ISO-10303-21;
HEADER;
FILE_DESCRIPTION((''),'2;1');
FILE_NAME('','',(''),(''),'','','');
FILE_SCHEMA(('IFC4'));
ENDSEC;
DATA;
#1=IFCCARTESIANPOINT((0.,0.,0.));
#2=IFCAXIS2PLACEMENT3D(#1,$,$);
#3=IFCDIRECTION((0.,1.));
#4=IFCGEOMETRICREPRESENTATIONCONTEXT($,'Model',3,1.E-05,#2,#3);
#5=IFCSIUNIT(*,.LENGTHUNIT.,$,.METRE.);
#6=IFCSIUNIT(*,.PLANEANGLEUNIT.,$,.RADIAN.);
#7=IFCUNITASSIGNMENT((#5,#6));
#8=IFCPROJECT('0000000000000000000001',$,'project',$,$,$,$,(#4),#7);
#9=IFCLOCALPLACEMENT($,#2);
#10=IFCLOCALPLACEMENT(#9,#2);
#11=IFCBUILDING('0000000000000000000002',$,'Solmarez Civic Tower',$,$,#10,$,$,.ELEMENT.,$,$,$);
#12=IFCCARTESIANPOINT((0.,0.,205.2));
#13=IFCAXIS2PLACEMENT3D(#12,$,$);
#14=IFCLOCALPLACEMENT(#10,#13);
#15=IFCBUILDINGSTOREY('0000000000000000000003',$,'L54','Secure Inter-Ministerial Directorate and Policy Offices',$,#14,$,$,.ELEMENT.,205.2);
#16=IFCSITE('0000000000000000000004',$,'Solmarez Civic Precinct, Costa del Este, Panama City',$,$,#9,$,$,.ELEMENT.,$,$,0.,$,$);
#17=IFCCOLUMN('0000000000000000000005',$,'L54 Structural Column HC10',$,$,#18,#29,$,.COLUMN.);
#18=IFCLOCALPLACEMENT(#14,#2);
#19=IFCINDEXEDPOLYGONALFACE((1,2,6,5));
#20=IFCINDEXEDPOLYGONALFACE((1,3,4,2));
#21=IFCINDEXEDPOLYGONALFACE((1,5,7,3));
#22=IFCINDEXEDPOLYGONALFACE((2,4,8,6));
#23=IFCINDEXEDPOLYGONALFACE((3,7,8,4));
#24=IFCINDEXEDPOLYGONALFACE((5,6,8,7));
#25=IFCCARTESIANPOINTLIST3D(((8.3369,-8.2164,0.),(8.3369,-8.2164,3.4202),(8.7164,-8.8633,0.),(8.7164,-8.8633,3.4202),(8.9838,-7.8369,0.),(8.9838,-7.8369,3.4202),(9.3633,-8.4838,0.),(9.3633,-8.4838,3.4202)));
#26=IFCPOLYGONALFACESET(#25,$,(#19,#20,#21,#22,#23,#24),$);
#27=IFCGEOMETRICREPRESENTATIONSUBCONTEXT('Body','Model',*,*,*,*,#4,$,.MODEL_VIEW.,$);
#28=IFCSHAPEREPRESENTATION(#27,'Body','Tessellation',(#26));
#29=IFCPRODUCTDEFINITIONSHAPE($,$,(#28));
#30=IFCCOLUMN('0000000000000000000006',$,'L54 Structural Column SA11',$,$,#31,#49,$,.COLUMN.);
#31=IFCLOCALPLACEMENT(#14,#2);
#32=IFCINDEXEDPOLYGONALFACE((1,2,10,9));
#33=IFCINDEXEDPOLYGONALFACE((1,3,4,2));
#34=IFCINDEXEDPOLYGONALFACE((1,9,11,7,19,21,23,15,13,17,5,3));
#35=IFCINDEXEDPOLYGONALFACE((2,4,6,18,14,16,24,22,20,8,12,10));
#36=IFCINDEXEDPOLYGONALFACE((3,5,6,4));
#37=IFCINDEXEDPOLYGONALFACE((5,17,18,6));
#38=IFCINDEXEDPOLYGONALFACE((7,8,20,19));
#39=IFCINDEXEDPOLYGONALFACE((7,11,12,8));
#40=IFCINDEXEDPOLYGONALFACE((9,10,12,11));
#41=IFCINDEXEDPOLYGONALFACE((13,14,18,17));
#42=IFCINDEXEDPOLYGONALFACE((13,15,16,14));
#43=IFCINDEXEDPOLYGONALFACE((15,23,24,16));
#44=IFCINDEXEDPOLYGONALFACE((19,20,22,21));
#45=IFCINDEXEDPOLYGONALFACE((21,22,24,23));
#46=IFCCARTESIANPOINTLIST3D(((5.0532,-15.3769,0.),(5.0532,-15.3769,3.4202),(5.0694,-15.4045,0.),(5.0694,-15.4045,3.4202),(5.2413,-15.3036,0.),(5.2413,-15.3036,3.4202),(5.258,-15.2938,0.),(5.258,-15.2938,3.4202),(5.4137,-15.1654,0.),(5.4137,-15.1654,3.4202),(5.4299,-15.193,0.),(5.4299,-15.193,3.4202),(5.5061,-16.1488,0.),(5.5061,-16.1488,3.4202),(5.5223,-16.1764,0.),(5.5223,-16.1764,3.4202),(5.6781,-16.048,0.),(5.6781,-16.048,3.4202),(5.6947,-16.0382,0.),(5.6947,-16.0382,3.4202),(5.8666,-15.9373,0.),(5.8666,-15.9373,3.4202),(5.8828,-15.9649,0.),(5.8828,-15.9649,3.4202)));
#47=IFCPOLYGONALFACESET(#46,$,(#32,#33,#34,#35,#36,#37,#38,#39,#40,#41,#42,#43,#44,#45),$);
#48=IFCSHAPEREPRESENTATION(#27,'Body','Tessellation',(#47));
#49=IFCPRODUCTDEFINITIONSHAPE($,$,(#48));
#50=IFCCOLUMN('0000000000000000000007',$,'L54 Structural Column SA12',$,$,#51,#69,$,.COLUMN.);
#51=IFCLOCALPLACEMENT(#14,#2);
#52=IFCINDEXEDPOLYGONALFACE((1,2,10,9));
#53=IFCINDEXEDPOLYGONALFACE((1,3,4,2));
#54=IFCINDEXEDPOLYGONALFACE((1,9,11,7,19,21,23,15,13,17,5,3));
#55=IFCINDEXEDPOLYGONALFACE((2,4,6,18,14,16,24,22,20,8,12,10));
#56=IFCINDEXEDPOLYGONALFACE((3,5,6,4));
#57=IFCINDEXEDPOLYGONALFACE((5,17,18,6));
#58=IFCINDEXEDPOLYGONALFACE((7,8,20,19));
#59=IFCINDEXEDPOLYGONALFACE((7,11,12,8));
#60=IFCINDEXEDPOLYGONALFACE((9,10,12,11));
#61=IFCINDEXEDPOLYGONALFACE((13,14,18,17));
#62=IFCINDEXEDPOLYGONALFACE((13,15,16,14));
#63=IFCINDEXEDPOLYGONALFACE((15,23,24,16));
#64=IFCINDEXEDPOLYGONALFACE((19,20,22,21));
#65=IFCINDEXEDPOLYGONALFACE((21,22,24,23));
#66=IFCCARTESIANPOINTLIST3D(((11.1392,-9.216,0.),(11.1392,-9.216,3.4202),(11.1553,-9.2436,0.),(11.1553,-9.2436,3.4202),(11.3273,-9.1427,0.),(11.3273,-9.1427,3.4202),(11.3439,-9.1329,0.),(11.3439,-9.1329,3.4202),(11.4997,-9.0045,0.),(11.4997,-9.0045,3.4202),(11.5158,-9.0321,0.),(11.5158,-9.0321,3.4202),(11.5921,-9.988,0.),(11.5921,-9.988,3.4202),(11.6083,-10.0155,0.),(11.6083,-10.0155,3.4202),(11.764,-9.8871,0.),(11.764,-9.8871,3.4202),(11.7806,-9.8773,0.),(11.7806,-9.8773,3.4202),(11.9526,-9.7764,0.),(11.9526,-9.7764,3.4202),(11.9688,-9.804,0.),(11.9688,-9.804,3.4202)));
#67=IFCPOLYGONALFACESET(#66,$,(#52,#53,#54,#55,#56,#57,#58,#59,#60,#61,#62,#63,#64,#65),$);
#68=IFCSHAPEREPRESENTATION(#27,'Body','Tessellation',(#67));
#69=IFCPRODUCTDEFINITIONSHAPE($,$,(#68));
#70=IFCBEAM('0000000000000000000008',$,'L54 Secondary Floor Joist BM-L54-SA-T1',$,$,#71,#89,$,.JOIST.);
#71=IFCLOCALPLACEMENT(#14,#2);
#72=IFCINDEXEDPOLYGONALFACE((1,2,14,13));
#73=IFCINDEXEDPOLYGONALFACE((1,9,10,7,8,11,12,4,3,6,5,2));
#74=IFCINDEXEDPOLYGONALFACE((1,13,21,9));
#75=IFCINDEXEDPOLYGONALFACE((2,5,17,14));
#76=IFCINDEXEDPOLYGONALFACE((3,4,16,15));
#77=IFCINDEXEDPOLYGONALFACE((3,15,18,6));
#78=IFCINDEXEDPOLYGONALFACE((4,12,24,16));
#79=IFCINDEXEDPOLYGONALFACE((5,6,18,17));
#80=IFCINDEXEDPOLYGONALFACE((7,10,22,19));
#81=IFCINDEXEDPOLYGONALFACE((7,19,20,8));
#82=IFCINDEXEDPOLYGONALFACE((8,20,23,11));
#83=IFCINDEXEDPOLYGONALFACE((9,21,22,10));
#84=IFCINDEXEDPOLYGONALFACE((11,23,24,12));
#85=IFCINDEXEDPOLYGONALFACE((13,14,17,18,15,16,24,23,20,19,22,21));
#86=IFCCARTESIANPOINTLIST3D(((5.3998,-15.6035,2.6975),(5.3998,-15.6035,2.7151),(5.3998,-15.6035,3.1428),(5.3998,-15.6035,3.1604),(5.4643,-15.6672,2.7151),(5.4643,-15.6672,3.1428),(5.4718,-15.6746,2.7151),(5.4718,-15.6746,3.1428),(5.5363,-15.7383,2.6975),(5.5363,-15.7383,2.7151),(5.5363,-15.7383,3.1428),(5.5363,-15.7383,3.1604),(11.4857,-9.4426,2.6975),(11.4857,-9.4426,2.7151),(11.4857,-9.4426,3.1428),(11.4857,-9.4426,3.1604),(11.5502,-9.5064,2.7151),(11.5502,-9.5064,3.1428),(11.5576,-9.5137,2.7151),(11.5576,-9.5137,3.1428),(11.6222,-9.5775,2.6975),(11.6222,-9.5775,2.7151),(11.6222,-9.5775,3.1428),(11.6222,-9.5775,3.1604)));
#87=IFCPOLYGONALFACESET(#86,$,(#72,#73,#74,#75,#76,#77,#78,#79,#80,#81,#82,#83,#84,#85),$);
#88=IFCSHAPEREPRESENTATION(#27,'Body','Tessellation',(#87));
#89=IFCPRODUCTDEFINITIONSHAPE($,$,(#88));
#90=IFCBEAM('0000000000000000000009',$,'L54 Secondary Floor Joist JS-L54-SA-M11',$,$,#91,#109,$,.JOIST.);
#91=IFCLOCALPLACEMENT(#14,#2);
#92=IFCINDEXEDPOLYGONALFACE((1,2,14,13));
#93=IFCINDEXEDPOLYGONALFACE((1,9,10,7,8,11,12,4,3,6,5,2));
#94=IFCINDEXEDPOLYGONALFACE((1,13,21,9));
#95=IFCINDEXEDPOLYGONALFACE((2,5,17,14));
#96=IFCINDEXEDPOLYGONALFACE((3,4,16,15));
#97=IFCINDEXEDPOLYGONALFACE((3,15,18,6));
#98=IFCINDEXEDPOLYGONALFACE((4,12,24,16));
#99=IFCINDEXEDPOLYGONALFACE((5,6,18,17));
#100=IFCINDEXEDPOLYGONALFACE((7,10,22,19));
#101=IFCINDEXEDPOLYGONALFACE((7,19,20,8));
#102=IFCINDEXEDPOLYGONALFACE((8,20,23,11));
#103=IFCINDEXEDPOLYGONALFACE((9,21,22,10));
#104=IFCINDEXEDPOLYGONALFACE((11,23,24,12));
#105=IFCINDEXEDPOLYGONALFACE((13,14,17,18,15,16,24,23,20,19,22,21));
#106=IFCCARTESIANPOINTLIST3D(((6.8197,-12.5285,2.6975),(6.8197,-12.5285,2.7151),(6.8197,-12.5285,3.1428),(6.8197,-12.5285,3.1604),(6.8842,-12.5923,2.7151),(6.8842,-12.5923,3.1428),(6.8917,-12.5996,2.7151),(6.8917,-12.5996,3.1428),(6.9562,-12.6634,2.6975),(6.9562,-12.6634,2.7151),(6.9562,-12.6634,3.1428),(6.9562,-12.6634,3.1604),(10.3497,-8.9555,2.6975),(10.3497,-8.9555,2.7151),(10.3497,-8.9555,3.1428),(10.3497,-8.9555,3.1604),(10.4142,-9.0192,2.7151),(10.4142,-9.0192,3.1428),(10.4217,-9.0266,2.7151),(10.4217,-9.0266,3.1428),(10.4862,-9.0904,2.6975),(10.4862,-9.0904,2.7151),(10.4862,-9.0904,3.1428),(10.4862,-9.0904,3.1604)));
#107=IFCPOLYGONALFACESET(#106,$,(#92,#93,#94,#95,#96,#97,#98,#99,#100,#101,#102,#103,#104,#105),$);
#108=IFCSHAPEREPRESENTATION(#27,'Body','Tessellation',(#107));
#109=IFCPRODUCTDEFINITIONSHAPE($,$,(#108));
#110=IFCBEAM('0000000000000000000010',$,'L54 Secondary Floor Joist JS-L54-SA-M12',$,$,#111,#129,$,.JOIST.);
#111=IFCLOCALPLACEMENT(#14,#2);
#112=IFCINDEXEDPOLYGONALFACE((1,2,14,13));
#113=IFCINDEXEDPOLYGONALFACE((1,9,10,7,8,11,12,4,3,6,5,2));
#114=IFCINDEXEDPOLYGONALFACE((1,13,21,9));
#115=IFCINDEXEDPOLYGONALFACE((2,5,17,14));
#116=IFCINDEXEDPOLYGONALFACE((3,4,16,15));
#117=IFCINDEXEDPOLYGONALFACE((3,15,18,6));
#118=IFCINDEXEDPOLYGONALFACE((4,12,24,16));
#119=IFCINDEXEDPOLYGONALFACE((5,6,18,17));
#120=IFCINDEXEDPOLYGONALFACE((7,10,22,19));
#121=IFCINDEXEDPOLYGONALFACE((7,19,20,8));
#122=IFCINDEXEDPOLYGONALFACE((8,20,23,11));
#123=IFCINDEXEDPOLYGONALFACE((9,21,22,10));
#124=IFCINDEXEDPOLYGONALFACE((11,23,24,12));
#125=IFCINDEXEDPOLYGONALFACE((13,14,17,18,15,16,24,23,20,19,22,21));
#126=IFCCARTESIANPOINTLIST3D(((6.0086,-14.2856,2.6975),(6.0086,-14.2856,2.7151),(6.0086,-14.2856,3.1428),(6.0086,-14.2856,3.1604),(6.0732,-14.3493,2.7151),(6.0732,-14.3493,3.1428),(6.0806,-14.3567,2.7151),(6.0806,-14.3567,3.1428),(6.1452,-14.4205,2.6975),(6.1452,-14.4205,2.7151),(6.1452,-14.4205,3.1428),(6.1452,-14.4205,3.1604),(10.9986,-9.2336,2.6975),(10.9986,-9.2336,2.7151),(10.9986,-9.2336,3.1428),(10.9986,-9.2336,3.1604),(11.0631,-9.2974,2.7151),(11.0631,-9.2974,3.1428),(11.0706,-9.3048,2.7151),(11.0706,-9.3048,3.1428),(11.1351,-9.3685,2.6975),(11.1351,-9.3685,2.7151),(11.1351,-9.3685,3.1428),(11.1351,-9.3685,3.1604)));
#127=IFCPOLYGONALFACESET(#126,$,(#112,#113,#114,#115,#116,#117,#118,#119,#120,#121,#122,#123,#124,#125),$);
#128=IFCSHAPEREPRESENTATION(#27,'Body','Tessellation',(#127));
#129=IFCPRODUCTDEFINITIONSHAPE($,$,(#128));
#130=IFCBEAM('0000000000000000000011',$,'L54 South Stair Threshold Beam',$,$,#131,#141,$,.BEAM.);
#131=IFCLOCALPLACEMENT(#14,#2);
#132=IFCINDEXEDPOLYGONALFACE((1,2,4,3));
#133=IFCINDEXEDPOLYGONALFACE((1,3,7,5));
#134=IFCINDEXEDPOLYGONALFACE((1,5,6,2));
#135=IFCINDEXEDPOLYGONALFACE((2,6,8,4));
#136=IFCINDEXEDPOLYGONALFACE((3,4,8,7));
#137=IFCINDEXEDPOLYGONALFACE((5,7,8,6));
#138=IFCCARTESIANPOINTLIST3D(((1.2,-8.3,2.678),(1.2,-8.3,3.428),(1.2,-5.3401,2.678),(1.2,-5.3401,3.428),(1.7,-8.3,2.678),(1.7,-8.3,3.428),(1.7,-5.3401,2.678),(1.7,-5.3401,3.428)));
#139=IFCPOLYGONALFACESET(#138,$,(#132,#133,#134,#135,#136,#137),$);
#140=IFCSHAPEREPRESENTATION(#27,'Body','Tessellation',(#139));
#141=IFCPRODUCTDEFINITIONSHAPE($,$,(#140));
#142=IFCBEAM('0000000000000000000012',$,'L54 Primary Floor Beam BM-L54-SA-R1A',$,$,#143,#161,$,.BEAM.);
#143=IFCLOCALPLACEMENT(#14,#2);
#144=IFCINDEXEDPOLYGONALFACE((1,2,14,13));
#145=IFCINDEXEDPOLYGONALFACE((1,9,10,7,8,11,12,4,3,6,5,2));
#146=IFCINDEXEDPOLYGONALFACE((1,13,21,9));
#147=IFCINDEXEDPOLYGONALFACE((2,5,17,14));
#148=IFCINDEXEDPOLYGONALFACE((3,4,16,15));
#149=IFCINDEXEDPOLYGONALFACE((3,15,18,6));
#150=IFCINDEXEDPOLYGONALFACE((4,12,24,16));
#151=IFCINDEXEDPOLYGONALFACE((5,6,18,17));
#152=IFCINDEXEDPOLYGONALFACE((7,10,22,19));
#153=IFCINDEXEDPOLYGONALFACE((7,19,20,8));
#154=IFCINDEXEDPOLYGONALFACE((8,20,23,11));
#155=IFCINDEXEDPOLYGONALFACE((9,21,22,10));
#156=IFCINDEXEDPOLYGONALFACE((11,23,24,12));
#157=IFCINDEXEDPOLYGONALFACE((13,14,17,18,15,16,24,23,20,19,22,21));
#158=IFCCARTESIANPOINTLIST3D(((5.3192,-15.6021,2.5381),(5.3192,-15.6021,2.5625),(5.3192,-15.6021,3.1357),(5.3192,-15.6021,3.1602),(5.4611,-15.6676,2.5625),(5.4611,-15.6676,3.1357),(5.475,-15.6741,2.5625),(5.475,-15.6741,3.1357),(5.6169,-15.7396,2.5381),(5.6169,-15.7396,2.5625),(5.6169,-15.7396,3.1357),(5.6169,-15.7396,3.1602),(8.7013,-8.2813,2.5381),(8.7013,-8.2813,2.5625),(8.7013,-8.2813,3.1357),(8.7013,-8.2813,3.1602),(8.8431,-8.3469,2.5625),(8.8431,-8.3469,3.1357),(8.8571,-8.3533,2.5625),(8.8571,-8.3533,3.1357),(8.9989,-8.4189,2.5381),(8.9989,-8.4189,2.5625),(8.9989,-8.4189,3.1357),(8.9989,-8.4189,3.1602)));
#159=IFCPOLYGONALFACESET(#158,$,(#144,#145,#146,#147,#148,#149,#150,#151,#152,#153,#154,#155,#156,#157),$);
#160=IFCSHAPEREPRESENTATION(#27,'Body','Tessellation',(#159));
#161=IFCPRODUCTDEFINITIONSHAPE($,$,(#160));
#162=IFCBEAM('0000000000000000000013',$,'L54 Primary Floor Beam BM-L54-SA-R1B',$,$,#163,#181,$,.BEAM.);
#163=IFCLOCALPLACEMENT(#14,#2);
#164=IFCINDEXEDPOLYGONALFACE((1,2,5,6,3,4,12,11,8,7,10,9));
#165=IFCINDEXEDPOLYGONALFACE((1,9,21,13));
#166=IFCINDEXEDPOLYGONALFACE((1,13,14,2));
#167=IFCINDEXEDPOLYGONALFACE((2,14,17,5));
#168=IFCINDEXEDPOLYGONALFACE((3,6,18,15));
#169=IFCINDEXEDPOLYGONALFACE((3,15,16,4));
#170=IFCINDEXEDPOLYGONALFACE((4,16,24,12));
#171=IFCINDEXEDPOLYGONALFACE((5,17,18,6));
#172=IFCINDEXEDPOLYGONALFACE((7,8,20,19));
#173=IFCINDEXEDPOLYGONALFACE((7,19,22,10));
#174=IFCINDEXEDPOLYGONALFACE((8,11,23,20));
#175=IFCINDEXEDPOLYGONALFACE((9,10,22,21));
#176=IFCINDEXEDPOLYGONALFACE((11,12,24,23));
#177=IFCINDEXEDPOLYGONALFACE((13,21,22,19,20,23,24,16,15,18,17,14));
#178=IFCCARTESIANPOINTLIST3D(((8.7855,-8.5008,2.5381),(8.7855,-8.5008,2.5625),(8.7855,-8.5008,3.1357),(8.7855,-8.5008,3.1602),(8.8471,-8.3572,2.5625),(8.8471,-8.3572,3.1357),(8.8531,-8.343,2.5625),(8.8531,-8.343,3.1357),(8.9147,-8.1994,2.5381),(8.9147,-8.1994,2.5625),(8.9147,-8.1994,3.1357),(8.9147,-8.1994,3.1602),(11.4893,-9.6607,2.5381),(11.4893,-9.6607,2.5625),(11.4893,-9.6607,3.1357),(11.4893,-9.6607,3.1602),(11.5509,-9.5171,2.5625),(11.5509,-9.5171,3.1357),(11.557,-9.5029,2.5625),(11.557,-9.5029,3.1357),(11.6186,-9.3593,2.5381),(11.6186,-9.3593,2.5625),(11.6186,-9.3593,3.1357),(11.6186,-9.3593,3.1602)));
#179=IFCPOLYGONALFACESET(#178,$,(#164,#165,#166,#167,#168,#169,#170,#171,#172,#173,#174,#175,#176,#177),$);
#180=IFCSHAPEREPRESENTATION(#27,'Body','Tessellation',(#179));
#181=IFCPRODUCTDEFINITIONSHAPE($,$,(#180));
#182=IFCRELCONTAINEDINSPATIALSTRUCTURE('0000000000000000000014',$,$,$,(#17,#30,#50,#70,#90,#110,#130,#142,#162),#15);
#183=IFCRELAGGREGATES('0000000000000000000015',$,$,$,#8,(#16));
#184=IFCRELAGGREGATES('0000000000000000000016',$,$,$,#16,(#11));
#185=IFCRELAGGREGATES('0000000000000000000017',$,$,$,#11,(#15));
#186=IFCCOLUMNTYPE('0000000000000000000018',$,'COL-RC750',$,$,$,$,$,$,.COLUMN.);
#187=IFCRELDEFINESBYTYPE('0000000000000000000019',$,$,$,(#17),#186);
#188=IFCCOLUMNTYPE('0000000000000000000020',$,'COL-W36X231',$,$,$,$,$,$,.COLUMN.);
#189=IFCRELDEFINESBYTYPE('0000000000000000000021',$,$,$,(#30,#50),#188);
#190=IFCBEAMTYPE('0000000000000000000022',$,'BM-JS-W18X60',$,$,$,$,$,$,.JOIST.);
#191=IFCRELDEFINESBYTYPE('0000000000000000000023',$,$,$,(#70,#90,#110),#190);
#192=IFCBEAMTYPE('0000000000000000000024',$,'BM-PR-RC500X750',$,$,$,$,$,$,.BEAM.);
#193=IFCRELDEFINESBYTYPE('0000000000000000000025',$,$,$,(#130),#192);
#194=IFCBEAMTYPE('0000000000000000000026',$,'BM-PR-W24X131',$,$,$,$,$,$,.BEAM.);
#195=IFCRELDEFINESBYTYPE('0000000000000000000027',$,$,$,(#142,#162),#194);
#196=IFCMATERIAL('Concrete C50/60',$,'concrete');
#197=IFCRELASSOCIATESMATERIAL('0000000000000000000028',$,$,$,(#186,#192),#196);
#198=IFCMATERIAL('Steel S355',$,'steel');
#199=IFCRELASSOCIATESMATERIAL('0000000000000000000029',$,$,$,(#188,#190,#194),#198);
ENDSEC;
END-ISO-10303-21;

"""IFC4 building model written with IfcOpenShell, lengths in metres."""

from ifc_helpers import new_model, si_unit, direction, frame, origin, origin_2d, place, context, subcontext, project, spatial, rectangle, i_section, extrude, material, material_profile, profile_set, type_object, element, save


model = new_model("IFC4")

# Units and contexts
model_context = context("Model", 3, precision=1e-05, world=origin(), true_north=direction((0.0, 1.0)))
body_context = subcontext(model_context, "Body", "Model", "MODEL_VIEW")
ifc_project = project(units=[si_unit("LENGTHUNIT", "METRE"), si_unit("PLANEANGLEUNIT", "RADIAN")], contexts=[model_context])

# Site, building, storey
site_placement = place(None, origin())
site = spatial("IfcSite", under=ifc_project, at=site_placement, Name="Solmarez Civic Precinct, Costa del Este, Panama City", CompositionType="ELEMENT", RefElevation=0.0)
building_placement = place(site_placement, origin())
building = spatial("IfcBuilding", under=site, at=building_placement, Name="Solmarez Civic Tower", CompositionType="ELEMENT")
storey_placement = place(building_placement, frame((0.0, 0.0, 205.2)))
storey = spatial("IfcBuildingStorey", under=building, at=storey_placement, Name="L54", Description="Secure Inter-Ministerial Directorate and Policy Offices", CompositionType="ELEMENT", Elevation=205.2)

# Columns
ifc_material_1 = material(Name="Concrete C50/60", Category="concrete")
ifc_material_profile_1 = material_profile(ifc_material_1, rectangle(XDim=0.75, YDim=0.75, at=origin_2d()), Name="RC750X750")
ifc_profile_set_1 = profile_set([ifc_material_profile_1], Name="Concrete C50/60")
column_type_1 = type_object("IfcColumnType", Name="COL-RC750", PredefinedType="COLUMN", material=ifc_profile_set_1)
column_placement = place(storey_placement, frame((8.8501, -8.3501, 0.0), z_axis=(0.0, 0.0, 1.0), x_axis=(0.862514, 0.506034, 0.0)))
element("IfcColumn", 1, at=column_placement, inside=storey, type_object=column_type_1, Name="L54 Structural Column HC10", PredefinedType="COLUMN", context=body_context, shape_type="SweptSolid", body=[
    extrude(rectangle(XDim=0.75, YDim=0.75, at=origin_2d()), origin(), (0.0, 0.0, 1.0), 3.4202),
])
ifc_material_2 = material(Name="Steel S355", Category="steel")
ifc_material_profile_2 = material_profile(ifc_material_2, i_section(OverallWidth=0.418, OverallDepth=0.927, WebThickness=0.0193, FlangeThickness=0.032, at=origin_2d()), Name="W36X231")
ifc_profile_set_2 = profile_set([ifc_material_profile_2], Name="Steel S355")
column_type_2 = type_object("IfcColumnType", Name="COL-W36X231", PredefinedType="COLUMN", material=ifc_profile_set_2)
for number, where, z_axis, x_axis, name in (
    (2, (5.468, -15.6709, 0.0), (0.0, 0.0, 1.0), (0.862514, 0.506034, 0.0), "L54 Structural Column SA11"),
    (3, (11.554, -9.51, 0.0), (0.0, 0.0, 1.0), (0.862514, 0.506034, 0.0), "L54 Structural Column SA12"),
):
    element("IfcColumn", number, at=place(storey_placement, frame(where, z_axis=z_axis, x_axis=x_axis)), inside=storey, type_object=column_type_2, Name=name, PredefinedType="COLUMN", context=body_context, shape_type="SweptSolid", body=[
        extrude(i_section(OverallWidth=0.418, OverallDepth=0.927, WebThickness=0.0193, FlangeThickness=0.032, at=origin_2d()), origin(), (0.0, 0.0, 1.0), 3.4202),
    ])

# Beams
ifc_material_profile_3 = material_profile(ifc_material_2, i_section(OverallWidth=0.1919, OverallDepth=0.4629, WebThickness=0.0105, FlangeThickness=0.0176, at=origin_2d()), Name="W18X60")
ifc_profile_set_3 = profile_set([ifc_material_profile_3], Name="Steel S355")
beam_type_1 = type_object("IfcBeamType", Name="BM-JS-W18X60", PredefinedType="JOIST", material=ifc_profile_set_3)
beam_1_placement = place(storey_placement, frame((5.468, -15.6709, 2.929), z_axis=(0.702766, 0.711421, 0.0), x_axis=(-0.711421, 0.702766, 0.0)))
element("IfcBeam", 4, at=beam_1_placement, inside=storey, type_object=beam_type_1, Name="L54 Secondary Floor Joist BM-L54-SA-T1", PredefinedType="JOIST", context=body_context, shape_type="SweptSolid", body=[
    extrude(i_section(OverallWidth=0.1919, OverallDepth=0.4629, WebThickness=0.0105, FlangeThickness=0.0176, at=origin_2d()), origin(), (0.0, 0.0, 1.0), 8.6599),
])
beam_2_placement = place(storey_placement, frame((6.8879, -12.5959, 2.929), z_axis=(0.702816, 0.711371, 0.0), x_axis=(-0.711371, 0.702816, 0.0)))
element("IfcBeam", 5, at=beam_2_placement, inside=storey, type_object=beam_type_1, Name="L54 Secondary Floor Joist JS-L54-SA-M11", PredefinedType="JOIST", context=body_context, shape_type="SweptSolid", body=[
    extrude(i_section(OverallWidth=0.1919, OverallDepth=0.4629, WebThickness=0.0105, FlangeThickness=0.0176, at=origin_2d()), origin(), (0.0, 0.0, 1.0), 5.0227),
])
beam_3_placement = place(storey_placement, frame((6.0769, -14.353, 2.929), z_axis=(0.702727, 0.71146, 0.0), x_axis=(-0.71146, 0.702727, 0.0)))
element("IfcBeam", 6, at=beam_3_placement, inside=storey, type_object=beam_type_1, Name="L54 Secondary Floor Joist JS-L54-SA-M12", PredefinedType="JOIST", context=body_context, shape_type="SweptSolid", body=[
    extrude(i_section(OverallWidth=0.1919, OverallDepth=0.4629, WebThickness=0.0105, FlangeThickness=0.0176, at=origin_2d()), origin(), (0.0, 0.0, 1.0), 7.1008),
])
ifc_material_profile_4 = material_profile(ifc_material_1, rectangle(XDim=0.5, YDim=0.75, at=origin_2d()), Name="RC500X750")
ifc_profile_set_4 = profile_set([ifc_material_profile_4], Name="Concrete C50/60")
beam_type_2 = type_object("IfcBeamType", Name="BM-PR-RC500X750", PredefinedType="BEAM", material=ifc_profile_set_4)
beam_4_placement = place(storey_placement, frame((1.45, -8.3, 3.053), z_axis=(0.0, 1.0, 0.0), x_axis=(-1.0, 0.0, 0.0)))
element("IfcBeam", 7, at=beam_4_placement, inside=storey, type_object=beam_type_2, Name="L54 South Stair Threshold Beam", PredefinedType="BEAM", context=body_context, shape_type="SweptSolid", body=[
    extrude(rectangle(XDim=0.5, YDim=0.75, at=origin_2d()), origin(), (0.0, 0.0, 1.0), 2.96),
])
ifc_material_profile_5 = material_profile(ifc_material_2, i_section(OverallWidth=0.3279, OverallDepth=0.6221, WebThickness=0.0154, FlangeThickness=0.0244, at=origin_2d()), Name="W24X131")
ifc_profile_set_5 = profile_set([ifc_material_profile_5], Name="Steel S355")
beam_type_3 = type_object("IfcBeamType", Name="BM-PR-W24X131", PredefinedType="BEAM", material=ifc_profile_set_5)
beam_5_placement = place(storey_placement, frame((8.8501, -8.3501, 2.8491), z_axis=(-0.41939, -0.907806, 0.0), x_axis=(0.907806, -0.41939, 0.0)))
element("IfcBeam", 8, at=beam_5_placement, inside=storey, type_object=beam_type_3, Name="L54 Primary Floor Beam BM-L54-SA-R1A", PredefinedType="BEAM", context=body_context, shape_type="SweptSolid", body=[
    extrude(i_section(OverallWidth=0.3279, OverallDepth=0.6221, WebThickness=0.0154, FlangeThickness=0.0244, at=origin_2d()), origin(), (0.0, 0.0, 1.0), 8.0642),
])
beam_6_placement = place(storey_placement, frame((8.8501, -8.3501, 2.8491), z_axis=(0.919008, -0.39424, 0.0), x_axis=(0.39424, 0.919008, 0.0)))
element("IfcBeam", 9, at=beam_6_placement, inside=storey, type_object=beam_type_3, Name="L54 Primary Floor Beam BM-L54-SA-R1B", PredefinedType="BEAM", context=body_context, shape_type="SweptSolid", body=[
    extrude(i_section(OverallWidth=0.3279, OverallDepth=0.6221, WebThickness=0.0154, FlangeThickness=0.0244, at=origin_2d()), origin(), (0.0, 0.0, 1.0), 2.9421),
])

save(model, "model.ifc")
